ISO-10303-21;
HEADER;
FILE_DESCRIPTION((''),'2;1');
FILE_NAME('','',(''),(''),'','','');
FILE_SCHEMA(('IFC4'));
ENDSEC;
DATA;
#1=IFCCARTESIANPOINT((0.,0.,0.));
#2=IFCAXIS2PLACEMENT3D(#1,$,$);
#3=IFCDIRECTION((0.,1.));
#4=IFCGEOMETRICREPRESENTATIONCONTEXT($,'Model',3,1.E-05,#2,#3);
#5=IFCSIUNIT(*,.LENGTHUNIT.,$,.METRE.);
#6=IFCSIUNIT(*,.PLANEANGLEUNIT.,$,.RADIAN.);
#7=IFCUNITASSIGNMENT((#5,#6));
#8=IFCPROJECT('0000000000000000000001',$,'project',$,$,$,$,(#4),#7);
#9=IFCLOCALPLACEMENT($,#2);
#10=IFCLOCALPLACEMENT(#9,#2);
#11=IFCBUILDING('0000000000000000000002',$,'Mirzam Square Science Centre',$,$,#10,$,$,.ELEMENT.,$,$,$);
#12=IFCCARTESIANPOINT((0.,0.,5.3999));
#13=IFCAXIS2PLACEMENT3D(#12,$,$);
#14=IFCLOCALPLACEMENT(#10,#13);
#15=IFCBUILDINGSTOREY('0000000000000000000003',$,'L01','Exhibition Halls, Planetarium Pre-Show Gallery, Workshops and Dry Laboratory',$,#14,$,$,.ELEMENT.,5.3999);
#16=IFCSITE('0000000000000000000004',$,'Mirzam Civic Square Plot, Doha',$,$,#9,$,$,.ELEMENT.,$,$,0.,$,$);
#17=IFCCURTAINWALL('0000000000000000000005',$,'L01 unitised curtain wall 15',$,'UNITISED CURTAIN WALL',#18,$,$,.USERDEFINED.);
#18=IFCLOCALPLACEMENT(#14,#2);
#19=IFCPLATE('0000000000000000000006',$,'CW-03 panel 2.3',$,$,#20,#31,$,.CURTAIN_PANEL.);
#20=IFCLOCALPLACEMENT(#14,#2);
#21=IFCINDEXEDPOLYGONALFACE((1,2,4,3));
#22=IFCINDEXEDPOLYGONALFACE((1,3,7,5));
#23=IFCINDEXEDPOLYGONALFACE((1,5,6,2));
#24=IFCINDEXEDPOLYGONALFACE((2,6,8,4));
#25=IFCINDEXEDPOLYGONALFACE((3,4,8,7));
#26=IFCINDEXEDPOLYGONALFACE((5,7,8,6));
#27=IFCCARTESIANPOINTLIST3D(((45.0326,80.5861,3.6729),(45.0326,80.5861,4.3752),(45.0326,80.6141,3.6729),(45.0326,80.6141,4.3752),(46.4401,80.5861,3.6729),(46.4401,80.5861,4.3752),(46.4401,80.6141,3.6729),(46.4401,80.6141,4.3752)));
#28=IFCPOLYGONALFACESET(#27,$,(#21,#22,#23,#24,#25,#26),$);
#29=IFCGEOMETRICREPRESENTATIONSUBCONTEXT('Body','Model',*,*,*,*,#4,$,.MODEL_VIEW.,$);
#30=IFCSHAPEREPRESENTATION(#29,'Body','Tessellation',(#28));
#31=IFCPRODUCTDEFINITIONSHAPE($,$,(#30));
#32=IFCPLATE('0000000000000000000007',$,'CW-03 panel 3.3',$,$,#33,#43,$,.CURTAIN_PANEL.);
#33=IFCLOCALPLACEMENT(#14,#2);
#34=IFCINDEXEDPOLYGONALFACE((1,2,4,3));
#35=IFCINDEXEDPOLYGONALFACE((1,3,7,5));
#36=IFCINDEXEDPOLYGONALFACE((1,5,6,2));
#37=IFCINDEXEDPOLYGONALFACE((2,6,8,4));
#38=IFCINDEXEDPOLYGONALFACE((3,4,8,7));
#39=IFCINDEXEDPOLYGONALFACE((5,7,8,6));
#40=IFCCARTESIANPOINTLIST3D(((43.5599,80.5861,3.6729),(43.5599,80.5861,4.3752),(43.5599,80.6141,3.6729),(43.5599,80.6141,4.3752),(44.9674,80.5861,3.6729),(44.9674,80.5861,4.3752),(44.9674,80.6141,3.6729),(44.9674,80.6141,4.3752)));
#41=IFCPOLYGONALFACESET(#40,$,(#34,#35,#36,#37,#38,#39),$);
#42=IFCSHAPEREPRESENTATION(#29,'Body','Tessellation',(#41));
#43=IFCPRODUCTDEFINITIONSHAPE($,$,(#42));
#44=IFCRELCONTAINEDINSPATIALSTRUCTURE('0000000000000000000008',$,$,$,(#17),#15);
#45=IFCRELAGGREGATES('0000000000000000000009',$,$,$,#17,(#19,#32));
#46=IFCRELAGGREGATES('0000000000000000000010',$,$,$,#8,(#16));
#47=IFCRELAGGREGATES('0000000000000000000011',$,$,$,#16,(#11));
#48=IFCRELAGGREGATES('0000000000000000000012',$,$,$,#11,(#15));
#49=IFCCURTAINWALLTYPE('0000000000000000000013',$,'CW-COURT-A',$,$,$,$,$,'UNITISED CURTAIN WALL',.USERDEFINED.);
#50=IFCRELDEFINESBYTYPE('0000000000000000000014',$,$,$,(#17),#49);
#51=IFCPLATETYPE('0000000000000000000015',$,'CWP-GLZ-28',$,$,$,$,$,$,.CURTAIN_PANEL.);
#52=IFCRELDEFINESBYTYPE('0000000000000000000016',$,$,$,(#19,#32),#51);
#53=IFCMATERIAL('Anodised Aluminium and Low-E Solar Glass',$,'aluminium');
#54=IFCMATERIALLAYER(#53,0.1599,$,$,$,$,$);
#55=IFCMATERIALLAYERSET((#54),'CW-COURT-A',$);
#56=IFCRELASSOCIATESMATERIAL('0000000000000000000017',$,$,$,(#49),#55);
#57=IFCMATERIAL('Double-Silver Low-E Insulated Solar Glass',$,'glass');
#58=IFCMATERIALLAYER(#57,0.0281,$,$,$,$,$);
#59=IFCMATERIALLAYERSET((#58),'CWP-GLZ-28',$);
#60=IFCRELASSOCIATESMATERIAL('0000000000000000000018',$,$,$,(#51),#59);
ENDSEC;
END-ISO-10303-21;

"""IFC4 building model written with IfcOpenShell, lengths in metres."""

from ifc_helpers import new_model, si_unit, direction, frame, origin, origin_2d, place, context, subcontext, project, spatial, rectangle, extrude, material, layer, layer_set, type_object, element, aggregate, save


model = new_model("IFC4")

# Units and contexts
model_context = context("Model", 3, precision=1e-05, world=origin(), true_north=direction((0.0, 1.0)))
body_context = subcontext(model_context, "Body", "Model", "MODEL_VIEW")
ifc_project = project(units=[si_unit("LENGTHUNIT", "METRE"), si_unit("PLANEANGLEUNIT", "RADIAN")], contexts=[model_context])

# Site, building, storey
site_placement = place(None, origin())
site = spatial("IfcSite", under=ifc_project, at=site_placement, Name="Mirzam Civic Square Plot, Doha", CompositionType="ELEMENT", RefElevation=0.0)
building_placement = place(site_placement, origin())
building = spatial("IfcBuilding", under=site, at=building_placement, Name="Mirzam Square Science Centre", CompositionType="ELEMENT")
storey_placement = place(building_placement, frame((0.0, 0.0, 5.3999)))
storey = spatial("IfcBuildingStorey", under=building, at=storey_placement, Name="L01", Description="Exhibition Halls, Planetarium Pre-Show Gallery, Workshops and Dry Laboratory", CompositionType="ELEMENT", Elevation=5.3999)

# Curtain wall
ifc_material_1 = material(Name="Anodised Aluminium and Low-E Solar Glass", Category="aluminium")
ifc_layer_1 = layer(ifc_material_1, 0.1599)
ifc_layer_set_1 = layer_set([ifc_layer_1], Name="CW-COURT-A")
curtain_wall_type = type_object("IfcCurtainWallType", Name="CW-COURT-A", ElementType="UNITISED CURTAIN WALL", PredefinedType="USERDEFINED", material=ifc_layer_set_1)
curtain_wall_placement = place(storey_placement, origin())
curtain_wall = element("IfcCurtainWall", 1, at=curtain_wall_placement, inside=storey, type_object=curtain_wall_type, Name="L01 unitised curtain wall 15", ObjectType="UNITISED CURTAIN WALL", PredefinedType="USERDEFINED")

# Plates
ifc_material_2 = material(Name="Double-Silver Low-E Insulated Solar Glass", Category="glass")
ifc_layer_2 = layer(ifc_material_2, 0.0281)
ifc_layer_set_2 = layer_set([ifc_layer_2], Name="CWP-GLZ-28")
plate_type = type_object("IfcPlateType", Name="CWP-GLZ-28", PredefinedType="CURTAIN_PANEL", material=ifc_layer_set_2)
plate_1_placement = place(storey_placement, frame((45.7363, 80.6001, 3.6729), z_axis=(0.0, 0.0, 1.0), x_axis=(-1.0, 0.0, 0.0)))
plate_1 = element("IfcPlate", 2, at=plate_1_placement, type_object=plate_type, Name="CW-03 panel 2.3", PredefinedType="CURTAIN_PANEL", context=body_context, shape_type="SweptSolid", body=[
    extrude(rectangle(XDim=1.4075, YDim=0.0281, at=origin_2d()), origin(), (0.0, 0.0, 1.0), 0.7024),
])
plate_2_placement = place(storey_placement, frame((44.2637, 80.6001, 3.6729), z_axis=(0.0, 0.0, 1.0), x_axis=(-1.0, 0.0, 0.0)))
plate_2 = element("IfcPlate", 3, at=plate_2_placement, type_object=plate_type, Name="CW-03 panel 3.3", PredefinedType="CURTAIN_PANEL", context=body_context, shape_type="SweptSolid", body=[
    extrude(rectangle(XDim=1.4075, YDim=0.0281, at=origin_2d()), origin(), (0.0, 0.0, 1.0), 0.7024),
])
aggregate(curtain_wall, [plate_1, plate_2])

save(model, "model.ifc")
